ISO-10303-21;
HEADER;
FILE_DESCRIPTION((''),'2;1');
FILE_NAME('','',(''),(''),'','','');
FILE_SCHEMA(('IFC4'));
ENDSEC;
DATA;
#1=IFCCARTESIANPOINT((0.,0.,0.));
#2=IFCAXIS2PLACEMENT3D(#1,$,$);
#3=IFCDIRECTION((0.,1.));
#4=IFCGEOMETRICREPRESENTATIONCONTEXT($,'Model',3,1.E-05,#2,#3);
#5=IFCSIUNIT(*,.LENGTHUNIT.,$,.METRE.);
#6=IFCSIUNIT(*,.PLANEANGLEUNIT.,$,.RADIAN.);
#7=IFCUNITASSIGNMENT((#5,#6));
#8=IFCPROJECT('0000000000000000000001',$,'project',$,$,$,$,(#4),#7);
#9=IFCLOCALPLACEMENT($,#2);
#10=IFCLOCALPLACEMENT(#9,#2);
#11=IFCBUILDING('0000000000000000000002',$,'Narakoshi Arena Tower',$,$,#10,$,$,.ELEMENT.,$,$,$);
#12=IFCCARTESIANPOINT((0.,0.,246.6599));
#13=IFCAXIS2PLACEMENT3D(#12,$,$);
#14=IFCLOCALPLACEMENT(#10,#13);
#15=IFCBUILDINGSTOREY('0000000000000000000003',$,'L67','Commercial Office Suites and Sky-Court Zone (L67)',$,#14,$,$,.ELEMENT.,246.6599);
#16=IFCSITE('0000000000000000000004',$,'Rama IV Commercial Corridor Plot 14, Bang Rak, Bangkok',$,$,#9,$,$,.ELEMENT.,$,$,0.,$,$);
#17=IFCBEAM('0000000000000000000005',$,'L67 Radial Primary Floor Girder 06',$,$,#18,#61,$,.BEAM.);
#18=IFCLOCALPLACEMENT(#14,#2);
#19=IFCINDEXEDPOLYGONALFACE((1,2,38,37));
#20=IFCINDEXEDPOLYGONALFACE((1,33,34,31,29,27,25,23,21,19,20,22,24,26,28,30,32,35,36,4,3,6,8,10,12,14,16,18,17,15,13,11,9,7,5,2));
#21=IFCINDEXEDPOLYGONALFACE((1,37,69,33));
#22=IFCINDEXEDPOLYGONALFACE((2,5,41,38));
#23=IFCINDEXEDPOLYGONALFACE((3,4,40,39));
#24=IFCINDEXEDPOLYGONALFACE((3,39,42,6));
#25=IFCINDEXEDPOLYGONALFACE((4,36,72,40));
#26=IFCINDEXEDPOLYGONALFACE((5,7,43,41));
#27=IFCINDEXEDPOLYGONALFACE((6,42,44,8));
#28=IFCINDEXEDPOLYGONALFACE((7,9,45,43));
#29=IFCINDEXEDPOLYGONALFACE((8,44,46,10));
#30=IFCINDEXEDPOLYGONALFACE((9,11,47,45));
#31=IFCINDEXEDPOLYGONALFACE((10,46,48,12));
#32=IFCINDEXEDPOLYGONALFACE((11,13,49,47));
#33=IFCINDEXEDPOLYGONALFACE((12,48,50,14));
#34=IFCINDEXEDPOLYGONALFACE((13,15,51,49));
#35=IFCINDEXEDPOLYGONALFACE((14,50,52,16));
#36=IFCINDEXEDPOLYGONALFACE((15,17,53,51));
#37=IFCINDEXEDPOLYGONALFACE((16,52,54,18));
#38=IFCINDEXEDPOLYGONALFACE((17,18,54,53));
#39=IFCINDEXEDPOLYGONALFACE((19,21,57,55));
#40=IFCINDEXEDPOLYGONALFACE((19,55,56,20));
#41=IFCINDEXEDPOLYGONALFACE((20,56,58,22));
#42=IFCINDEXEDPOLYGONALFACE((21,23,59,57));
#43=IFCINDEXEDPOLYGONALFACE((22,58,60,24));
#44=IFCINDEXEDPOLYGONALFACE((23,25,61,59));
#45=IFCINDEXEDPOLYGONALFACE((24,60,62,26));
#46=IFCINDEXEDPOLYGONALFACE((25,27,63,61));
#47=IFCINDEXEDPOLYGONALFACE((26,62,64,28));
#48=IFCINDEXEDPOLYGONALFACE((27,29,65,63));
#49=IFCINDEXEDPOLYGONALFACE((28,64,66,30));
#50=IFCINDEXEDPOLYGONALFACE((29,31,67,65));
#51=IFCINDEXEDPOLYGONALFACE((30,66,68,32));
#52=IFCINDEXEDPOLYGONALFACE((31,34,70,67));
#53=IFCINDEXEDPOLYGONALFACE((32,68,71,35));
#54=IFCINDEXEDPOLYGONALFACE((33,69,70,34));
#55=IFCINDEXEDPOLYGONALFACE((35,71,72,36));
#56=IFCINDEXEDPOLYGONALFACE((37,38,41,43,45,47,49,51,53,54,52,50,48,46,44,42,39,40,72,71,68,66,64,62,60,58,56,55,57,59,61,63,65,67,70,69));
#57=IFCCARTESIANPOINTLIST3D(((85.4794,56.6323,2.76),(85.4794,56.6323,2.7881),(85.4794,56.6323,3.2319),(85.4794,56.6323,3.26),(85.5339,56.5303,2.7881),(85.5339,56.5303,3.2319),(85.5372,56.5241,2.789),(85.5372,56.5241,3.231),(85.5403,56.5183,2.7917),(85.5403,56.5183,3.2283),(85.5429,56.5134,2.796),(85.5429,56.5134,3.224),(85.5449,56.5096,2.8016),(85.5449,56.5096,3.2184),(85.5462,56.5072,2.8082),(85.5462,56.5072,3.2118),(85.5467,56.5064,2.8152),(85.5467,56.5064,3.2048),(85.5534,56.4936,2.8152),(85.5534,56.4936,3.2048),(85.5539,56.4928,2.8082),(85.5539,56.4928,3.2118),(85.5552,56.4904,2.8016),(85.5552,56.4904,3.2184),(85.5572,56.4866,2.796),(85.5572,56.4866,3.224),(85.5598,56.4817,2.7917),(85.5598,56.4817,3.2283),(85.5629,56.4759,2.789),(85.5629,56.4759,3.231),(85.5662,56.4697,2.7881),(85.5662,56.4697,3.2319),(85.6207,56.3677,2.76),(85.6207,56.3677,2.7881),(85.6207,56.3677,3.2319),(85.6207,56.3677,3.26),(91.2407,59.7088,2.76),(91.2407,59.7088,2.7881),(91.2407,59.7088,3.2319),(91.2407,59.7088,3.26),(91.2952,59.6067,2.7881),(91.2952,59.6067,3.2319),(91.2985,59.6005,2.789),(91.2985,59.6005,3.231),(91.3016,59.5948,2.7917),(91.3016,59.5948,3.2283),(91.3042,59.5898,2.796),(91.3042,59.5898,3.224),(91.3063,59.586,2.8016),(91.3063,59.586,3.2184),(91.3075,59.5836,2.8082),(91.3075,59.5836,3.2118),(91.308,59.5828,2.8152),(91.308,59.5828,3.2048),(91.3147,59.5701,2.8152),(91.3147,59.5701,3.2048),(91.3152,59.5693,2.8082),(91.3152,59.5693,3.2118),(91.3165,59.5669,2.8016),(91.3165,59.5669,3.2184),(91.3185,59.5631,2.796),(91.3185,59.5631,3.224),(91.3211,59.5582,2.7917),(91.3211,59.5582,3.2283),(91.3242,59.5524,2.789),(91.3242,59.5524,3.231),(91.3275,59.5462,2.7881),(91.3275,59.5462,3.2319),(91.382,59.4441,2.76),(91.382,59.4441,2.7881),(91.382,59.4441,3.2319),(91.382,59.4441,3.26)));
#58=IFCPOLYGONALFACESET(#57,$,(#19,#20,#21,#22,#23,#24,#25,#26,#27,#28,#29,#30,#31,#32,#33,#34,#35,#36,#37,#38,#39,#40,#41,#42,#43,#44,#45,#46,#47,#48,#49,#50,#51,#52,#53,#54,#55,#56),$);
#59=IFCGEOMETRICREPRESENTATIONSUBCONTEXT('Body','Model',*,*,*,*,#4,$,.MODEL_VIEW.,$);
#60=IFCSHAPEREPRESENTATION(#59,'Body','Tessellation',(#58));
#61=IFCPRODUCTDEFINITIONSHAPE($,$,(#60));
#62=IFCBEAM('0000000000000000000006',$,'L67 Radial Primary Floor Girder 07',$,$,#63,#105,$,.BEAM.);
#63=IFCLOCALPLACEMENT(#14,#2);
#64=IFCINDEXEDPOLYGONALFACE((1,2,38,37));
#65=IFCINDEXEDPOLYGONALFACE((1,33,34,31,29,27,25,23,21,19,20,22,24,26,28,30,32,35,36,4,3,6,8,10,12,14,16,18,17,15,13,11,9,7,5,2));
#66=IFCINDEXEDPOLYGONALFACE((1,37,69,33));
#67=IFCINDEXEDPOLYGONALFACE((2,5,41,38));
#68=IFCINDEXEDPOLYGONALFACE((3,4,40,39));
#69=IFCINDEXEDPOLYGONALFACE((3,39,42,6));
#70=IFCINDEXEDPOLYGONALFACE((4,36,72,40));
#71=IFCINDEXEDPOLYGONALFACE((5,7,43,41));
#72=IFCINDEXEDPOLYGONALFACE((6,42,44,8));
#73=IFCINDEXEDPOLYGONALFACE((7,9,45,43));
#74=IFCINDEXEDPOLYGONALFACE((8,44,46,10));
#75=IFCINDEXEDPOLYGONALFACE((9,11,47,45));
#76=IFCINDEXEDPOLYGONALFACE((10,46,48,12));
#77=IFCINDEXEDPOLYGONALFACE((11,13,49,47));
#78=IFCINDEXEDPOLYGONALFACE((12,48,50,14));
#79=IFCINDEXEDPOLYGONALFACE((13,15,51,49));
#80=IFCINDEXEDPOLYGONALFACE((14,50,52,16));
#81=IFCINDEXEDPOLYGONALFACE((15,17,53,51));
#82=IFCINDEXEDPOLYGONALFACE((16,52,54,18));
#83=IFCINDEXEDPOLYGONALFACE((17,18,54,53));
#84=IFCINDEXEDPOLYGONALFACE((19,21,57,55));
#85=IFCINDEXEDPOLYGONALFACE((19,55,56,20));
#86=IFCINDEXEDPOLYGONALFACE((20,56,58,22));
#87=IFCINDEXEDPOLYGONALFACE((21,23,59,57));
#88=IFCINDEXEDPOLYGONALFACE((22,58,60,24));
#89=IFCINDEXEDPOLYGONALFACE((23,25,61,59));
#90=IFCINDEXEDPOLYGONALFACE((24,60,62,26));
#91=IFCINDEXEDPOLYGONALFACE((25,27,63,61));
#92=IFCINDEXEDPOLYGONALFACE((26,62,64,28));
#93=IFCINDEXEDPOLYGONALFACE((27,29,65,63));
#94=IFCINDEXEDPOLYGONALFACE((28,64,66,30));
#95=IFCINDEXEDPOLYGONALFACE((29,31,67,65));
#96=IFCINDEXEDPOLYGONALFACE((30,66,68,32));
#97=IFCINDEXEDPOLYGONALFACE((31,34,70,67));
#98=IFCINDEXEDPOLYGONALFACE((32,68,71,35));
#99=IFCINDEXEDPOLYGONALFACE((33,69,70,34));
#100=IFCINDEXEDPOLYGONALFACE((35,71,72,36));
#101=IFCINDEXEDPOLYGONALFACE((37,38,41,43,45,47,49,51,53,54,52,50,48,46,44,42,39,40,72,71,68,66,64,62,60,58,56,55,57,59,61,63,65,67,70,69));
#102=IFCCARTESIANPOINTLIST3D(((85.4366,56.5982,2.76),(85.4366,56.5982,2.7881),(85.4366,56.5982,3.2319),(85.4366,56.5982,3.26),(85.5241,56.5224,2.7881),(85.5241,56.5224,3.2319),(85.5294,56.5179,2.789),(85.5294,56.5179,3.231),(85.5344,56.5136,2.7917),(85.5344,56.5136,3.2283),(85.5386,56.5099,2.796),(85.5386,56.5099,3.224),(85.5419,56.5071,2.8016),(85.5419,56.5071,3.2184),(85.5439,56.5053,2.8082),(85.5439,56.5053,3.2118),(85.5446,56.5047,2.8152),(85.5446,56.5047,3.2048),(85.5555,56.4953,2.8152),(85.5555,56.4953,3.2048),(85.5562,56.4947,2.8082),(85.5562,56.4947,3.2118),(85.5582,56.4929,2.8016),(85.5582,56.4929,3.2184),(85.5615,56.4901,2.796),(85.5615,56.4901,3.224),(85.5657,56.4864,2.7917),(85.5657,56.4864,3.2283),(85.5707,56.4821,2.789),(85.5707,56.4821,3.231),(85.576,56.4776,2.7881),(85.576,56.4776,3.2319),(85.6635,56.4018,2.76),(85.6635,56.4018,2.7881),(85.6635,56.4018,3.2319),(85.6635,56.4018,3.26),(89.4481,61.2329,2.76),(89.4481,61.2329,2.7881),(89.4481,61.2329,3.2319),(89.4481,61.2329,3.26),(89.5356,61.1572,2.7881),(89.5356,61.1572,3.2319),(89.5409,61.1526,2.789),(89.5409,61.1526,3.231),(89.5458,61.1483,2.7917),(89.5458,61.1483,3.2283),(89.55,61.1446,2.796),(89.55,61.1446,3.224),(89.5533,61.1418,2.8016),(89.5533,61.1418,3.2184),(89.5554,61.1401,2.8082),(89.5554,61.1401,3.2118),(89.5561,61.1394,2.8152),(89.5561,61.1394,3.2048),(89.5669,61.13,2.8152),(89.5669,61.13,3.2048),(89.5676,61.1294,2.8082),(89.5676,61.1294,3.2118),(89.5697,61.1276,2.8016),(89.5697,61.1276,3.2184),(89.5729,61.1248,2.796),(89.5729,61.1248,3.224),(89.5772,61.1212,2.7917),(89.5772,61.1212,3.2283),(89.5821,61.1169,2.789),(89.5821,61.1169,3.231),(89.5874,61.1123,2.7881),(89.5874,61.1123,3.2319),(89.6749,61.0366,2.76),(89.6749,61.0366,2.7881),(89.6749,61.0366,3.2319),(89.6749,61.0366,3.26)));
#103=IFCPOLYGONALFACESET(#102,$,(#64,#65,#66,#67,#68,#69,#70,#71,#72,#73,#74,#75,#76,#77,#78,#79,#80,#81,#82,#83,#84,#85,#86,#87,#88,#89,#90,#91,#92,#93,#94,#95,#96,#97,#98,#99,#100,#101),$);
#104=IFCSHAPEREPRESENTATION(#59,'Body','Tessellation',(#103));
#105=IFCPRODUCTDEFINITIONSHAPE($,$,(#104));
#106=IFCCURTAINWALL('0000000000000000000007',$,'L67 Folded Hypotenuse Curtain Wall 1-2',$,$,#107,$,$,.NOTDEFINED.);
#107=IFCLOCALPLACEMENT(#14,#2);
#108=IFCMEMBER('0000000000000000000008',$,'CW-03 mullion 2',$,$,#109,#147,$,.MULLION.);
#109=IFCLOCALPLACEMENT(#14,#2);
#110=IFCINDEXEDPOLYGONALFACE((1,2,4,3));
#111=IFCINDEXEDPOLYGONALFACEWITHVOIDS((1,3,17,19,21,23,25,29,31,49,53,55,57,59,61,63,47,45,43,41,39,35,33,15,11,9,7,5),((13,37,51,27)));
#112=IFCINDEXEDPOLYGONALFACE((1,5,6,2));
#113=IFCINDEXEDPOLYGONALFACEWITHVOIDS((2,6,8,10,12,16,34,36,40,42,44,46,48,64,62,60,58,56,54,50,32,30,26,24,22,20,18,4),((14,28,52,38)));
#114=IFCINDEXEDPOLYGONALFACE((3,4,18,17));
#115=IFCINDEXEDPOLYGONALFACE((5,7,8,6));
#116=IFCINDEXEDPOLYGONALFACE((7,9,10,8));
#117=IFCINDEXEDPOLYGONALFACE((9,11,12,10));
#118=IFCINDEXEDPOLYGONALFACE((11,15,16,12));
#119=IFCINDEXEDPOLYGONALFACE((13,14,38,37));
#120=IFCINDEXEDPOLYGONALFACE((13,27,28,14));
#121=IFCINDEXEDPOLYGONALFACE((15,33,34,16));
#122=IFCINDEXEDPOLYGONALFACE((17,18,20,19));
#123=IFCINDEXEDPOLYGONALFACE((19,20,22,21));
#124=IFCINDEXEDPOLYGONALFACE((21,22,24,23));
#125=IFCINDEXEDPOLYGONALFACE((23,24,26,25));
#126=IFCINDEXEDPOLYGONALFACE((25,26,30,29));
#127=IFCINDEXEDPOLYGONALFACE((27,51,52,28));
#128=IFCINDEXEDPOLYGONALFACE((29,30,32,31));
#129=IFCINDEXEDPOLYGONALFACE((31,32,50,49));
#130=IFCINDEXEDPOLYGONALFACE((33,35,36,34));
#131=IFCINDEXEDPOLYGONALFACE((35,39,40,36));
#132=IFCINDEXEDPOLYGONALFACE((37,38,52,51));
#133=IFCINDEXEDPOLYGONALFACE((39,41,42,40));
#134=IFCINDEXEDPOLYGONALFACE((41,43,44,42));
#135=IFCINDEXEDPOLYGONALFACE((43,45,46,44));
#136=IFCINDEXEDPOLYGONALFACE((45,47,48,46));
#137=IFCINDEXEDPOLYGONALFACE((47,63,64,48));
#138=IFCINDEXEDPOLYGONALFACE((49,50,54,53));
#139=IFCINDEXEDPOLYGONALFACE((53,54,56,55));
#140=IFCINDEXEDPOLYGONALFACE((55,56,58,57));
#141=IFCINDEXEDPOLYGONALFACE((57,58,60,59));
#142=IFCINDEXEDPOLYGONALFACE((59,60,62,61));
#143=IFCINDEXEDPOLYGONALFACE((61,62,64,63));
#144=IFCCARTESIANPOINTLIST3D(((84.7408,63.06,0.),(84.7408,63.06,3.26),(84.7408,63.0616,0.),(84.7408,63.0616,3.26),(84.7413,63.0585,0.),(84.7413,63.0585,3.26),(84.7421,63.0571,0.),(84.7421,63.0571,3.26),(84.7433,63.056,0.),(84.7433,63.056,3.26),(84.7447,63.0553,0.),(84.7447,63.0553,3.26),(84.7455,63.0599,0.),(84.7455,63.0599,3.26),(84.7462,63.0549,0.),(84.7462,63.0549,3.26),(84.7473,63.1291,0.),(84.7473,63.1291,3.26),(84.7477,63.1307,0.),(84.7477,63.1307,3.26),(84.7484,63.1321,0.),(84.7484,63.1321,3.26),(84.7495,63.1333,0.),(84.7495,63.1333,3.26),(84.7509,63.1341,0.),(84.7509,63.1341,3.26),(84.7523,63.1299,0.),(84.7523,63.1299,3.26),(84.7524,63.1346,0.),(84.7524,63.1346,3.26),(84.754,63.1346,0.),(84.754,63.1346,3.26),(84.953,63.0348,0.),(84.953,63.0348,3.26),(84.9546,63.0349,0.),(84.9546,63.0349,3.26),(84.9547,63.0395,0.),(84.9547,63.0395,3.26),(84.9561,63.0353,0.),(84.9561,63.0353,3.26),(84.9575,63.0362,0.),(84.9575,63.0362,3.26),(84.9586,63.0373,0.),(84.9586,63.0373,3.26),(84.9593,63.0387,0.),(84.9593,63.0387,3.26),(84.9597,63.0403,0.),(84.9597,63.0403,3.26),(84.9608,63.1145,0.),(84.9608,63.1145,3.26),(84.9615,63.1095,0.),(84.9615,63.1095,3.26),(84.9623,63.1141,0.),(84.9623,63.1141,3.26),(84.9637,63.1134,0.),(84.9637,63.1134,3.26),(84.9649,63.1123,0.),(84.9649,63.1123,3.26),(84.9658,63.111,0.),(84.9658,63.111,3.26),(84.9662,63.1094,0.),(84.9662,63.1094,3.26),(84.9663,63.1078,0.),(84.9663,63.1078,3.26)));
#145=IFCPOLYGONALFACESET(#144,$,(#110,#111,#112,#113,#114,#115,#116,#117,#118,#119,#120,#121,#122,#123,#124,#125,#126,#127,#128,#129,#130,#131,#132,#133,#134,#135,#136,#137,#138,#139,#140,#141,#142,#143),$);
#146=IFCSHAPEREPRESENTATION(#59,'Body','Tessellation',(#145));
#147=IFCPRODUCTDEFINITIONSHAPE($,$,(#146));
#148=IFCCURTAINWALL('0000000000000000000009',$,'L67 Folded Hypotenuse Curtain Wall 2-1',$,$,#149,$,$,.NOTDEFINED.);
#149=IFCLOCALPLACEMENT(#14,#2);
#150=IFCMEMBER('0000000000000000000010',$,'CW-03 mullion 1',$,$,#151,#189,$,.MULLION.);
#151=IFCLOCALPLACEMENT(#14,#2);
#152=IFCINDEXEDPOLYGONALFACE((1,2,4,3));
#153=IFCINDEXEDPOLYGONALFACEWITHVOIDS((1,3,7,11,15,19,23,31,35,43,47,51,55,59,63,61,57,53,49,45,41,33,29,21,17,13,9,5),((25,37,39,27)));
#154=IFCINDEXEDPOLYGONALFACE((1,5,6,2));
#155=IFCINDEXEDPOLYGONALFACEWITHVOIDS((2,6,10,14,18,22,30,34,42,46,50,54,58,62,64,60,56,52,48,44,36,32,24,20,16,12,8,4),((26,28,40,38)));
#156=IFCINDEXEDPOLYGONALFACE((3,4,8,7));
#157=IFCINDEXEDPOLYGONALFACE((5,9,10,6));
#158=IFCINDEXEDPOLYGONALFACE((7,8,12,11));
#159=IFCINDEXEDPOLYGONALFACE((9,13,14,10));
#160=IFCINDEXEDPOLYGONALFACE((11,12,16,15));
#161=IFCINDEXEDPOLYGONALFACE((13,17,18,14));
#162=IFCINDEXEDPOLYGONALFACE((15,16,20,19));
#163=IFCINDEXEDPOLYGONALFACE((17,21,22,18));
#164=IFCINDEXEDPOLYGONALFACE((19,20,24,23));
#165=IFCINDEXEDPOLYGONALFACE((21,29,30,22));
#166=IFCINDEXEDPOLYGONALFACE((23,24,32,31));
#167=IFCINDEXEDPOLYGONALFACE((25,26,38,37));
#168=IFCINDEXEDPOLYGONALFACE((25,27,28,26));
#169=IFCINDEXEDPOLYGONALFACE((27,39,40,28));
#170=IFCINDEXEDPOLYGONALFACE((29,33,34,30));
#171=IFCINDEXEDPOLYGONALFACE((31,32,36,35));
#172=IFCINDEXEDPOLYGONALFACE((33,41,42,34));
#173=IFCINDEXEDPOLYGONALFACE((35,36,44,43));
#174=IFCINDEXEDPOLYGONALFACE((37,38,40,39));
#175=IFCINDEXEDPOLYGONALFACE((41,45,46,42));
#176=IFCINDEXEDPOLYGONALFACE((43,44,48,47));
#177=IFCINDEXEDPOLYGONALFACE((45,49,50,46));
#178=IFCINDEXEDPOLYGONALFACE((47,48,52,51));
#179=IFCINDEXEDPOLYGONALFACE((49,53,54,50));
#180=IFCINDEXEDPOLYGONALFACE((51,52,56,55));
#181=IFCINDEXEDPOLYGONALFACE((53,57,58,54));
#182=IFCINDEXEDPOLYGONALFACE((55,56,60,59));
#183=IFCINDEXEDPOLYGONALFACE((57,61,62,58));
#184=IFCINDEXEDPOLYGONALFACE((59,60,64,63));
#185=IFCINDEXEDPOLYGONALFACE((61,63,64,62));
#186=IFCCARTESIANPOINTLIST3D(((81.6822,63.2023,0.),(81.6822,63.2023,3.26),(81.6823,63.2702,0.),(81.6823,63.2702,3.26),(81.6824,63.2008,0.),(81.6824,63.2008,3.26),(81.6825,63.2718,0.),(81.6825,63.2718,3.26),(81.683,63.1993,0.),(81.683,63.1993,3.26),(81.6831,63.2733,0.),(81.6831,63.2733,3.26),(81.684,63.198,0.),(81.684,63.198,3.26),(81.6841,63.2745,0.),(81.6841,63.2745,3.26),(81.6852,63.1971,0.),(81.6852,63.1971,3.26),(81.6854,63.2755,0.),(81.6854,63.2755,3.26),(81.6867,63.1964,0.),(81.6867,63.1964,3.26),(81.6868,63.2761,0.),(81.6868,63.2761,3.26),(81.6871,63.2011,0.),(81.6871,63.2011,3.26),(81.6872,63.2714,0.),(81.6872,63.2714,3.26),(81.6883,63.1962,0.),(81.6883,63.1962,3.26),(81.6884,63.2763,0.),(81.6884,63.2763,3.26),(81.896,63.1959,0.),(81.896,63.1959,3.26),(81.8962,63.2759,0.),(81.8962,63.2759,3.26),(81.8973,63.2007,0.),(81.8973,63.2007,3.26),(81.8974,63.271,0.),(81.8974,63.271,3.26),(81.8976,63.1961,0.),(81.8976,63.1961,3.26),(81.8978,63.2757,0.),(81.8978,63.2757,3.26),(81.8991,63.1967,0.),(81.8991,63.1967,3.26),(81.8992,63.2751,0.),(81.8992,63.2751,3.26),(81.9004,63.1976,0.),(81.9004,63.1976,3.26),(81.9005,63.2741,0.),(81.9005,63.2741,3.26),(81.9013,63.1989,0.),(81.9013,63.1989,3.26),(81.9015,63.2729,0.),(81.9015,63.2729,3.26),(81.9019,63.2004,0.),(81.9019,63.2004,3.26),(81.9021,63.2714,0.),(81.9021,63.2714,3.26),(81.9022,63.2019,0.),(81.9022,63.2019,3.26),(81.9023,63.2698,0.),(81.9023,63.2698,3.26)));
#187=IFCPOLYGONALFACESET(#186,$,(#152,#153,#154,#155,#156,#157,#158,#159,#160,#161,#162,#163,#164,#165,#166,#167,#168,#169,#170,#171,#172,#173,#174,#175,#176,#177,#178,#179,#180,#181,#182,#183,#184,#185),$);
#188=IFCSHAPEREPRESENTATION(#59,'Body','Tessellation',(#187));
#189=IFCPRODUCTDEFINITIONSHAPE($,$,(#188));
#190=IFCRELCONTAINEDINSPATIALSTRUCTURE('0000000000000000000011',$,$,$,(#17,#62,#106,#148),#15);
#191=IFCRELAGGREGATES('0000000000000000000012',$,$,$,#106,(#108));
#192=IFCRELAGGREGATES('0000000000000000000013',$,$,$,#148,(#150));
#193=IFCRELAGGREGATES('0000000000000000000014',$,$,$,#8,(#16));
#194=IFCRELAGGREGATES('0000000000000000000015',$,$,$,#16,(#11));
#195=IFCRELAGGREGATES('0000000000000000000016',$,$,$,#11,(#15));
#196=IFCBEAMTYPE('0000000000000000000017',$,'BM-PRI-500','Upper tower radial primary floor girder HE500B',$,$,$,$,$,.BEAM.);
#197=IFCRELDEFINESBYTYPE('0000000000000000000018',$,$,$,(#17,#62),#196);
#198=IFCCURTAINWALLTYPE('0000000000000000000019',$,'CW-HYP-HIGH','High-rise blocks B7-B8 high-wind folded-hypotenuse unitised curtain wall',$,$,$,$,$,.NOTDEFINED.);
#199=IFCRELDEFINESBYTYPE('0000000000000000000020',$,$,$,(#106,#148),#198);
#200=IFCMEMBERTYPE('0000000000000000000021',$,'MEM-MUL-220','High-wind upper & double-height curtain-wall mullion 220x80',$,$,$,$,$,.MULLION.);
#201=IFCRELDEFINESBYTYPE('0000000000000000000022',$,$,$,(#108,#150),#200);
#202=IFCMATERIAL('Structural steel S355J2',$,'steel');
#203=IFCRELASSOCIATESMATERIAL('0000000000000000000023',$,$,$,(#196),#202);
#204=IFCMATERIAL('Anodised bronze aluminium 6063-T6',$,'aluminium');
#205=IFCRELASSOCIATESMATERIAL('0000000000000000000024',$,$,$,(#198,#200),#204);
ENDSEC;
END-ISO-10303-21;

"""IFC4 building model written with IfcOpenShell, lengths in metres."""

from ifc_helpers import new_model, si_unit, direction, frame, origin, origin_2d, place, context, subcontext, project, spatial, hollow_rectangle, i_section, extrude, material, material_profile, profile_set, type_object, element, aggregate, save


model = new_model("IFC4")

# Units and contexts
model_context = context("Model", 3, precision=1e-05, world=origin(), true_north=direction((0.0, 1.0)))
body_context = subcontext(model_context, "Body", "Model", "MODEL_VIEW")
ifc_project = project(units=[si_unit("LENGTHUNIT", "METRE"), si_unit("PLANEANGLEUNIT", "RADIAN")], contexts=[model_context])

# Site, building, storey
site_placement = place(None, origin())
site = spatial("IfcSite", under=ifc_project, at=site_placement, Name="Rama IV Commercial Corridor Plot 14, Bang Rak, Bangkok", CompositionType="ELEMENT", RefElevation=0.0)
building_placement = place(site_placement, origin())
building = spatial("IfcBuilding", under=site, at=building_placement, Name="Narakoshi Arena Tower", CompositionType="ELEMENT")
storey_placement = place(building_placement, frame((0.0, 0.0, 246.6599)))
storey = spatial("IfcBuildingStorey", under=building, at=storey_placement, Name="L67", Description="Commercial Office Suites and Sky-Court Zone (L67)", CompositionType="ELEMENT", Elevation=246.6599)

# Beams
ifc_material_1 = material(Name="Structural steel S355J2", Category="steel")
ifc_material_profile_1 = material_profile(ifc_material_1, i_section(OverallWidth=0.3, OverallDepth=0.5, WebThickness=0.0144, FlangeThickness=0.0281, FilletRadius=0.0271, at=origin_2d()), Name="HE500B")
ifc_profile_set_1 = profile_set([ifc_material_profile_1], Name="Structural steel S355J2")
beam_type = type_object("IfcBeamType", Name="BM-PRI-500", Description="Upper tower radial primary floor girder HE500B", PredefinedType="BEAM", material=ifc_profile_set_1)
beam_1_placement = place(storey_placement, frame((85.55, 56.5, 3.01), z_axis=(0.882114, 0.471036, 0.0), x_axis=(-0.471036, 0.882114, 0.0)))
element("IfcBeam", 1, at=beam_1_placement, inside=storey, type_object=beam_type, Name="L67 Radial Primary Floor Girder 06", PredefinedType="BEAM", context=body_context, shape_type="SweptSolid", body=[
    extrude(i_section(OverallWidth=0.3, OverallDepth=0.5, WebThickness=0.0144, FlangeThickness=0.0281, FilletRadius=0.0271, at=origin_2d()), origin(), (0.0, 0.0, 1.0), 6.5312),
])
beam_2_placement = place(storey_placement, frame((85.55, 56.5, 3.01), z_axis=(0.654435, 0.756119, 0.0), x_axis=(-0.756119, 0.654435, 0.0)))
element("IfcBeam", 2, at=beam_2_placement, inside=storey, type_object=beam_type, Name="L67 Radial Primary Floor Girder 07", PredefinedType="BEAM", context=body_context, shape_type="SweptSolid", body=[
    extrude(i_section(OverallWidth=0.3, OverallDepth=0.5, WebThickness=0.0144, FlangeThickness=0.0281, FilletRadius=0.0271, at=origin_2d()), origin(), (0.0, 0.0, 1.0), 6.1296),
])

# Curtain wall, member
ifc_material_2 = material(Name="Anodised bronze aluminium 6063-T6", Category="aluminium")
curtain_wall_type = type_object("IfcCurtainWallType", Name="CW-HYP-HIGH", Description="High-rise blocks B7-B8 high-wind folded-hypotenuse unitised curtain wall", PredefinedType="NOTDEFINED", material=ifc_material_2)
curtain_wall_1_placement = place(storey_placement, origin())
curtain_wall_1 = element("IfcCurtainWall", 3, at=curtain_wall_1_placement, inside=storey, type_object=curtain_wall_type, Name="L67 Folded Hypotenuse Curtain Wall 1-2", PredefinedType="NOTDEFINED")
ifc_material_profile_2 = material_profile(ifc_material_2, hollow_rectangle(XDim=0.0801, YDim=0.22, WallThickness=0.0049, OuterFilletRadius=0.0061, at=origin_2d()), Name="MUL220x80x5")
ifc_profile_set_2 = profile_set([ifc_material_profile_2], Name="Anodised bronze aluminium 6063-T6")
member_type_1 = type_object("IfcMemberType", Name="MEM-MUL-220", Description="High-wind upper & double-height curtain-wall mullion 220x80", PredefinedType="MULLION", material=ifc_profile_set_2)
member_1_placement = place(storey_placement, frame((84.8535, 63.0847, 0.0), z_axis=(0.0, 0.0, 1.0), x_axis=(-0.096843, -0.9953, 0.0)))
member_1 = element("IfcMember", 4, at=member_1_placement, type_object=member_type_1, Name="CW-03 mullion 2", PredefinedType="MULLION", context=body_context, shape_type="SweptSolid", body=[
    extrude(hollow_rectangle(XDim=0.0801, YDim=0.22, WallThickness=0.0049, OuterFilletRadius=0.0061, at=origin_2d()), origin(), (0.0, 0.0, 1.0), 3.26),
])

# Curtain wall, member
curtain_wall_2_placement = place(storey_placement, origin())
curtain_wall_2 = element("IfcCurtainWall", 5, at=curtain_wall_2_placement, inside=storey, type_object=curtain_wall_type, Name="L67 Folded Hypotenuse Curtain Wall 2-1", PredefinedType="NOTDEFINED")
member_2_placement = place(storey_placement, frame((81.7922, 63.2361, 0.0), z_axis=(0.0, 0.0, 1.0), x_axis=(-0.00182, -0.999998, 0.0)))
member_2 = element("IfcMember", 6, at=member_2_placement, type_object=member_type_1, Name="CW-03 mullion 1", PredefinedType="MULLION", context=body_context, shape_type="SweptSolid", body=[
    extrude(hollow_rectangle(XDim=0.0801, YDim=0.22, WallThickness=0.0049, OuterFilletRadius=0.0061, at=origin_2d()), origin(), (0.0, 0.0, 1.0), 3.26),
])

aggregate(curtain_wall_1, [member_1])
aggregate(curtain_wall_2, [member_2])

save(model, "model.ifc")
